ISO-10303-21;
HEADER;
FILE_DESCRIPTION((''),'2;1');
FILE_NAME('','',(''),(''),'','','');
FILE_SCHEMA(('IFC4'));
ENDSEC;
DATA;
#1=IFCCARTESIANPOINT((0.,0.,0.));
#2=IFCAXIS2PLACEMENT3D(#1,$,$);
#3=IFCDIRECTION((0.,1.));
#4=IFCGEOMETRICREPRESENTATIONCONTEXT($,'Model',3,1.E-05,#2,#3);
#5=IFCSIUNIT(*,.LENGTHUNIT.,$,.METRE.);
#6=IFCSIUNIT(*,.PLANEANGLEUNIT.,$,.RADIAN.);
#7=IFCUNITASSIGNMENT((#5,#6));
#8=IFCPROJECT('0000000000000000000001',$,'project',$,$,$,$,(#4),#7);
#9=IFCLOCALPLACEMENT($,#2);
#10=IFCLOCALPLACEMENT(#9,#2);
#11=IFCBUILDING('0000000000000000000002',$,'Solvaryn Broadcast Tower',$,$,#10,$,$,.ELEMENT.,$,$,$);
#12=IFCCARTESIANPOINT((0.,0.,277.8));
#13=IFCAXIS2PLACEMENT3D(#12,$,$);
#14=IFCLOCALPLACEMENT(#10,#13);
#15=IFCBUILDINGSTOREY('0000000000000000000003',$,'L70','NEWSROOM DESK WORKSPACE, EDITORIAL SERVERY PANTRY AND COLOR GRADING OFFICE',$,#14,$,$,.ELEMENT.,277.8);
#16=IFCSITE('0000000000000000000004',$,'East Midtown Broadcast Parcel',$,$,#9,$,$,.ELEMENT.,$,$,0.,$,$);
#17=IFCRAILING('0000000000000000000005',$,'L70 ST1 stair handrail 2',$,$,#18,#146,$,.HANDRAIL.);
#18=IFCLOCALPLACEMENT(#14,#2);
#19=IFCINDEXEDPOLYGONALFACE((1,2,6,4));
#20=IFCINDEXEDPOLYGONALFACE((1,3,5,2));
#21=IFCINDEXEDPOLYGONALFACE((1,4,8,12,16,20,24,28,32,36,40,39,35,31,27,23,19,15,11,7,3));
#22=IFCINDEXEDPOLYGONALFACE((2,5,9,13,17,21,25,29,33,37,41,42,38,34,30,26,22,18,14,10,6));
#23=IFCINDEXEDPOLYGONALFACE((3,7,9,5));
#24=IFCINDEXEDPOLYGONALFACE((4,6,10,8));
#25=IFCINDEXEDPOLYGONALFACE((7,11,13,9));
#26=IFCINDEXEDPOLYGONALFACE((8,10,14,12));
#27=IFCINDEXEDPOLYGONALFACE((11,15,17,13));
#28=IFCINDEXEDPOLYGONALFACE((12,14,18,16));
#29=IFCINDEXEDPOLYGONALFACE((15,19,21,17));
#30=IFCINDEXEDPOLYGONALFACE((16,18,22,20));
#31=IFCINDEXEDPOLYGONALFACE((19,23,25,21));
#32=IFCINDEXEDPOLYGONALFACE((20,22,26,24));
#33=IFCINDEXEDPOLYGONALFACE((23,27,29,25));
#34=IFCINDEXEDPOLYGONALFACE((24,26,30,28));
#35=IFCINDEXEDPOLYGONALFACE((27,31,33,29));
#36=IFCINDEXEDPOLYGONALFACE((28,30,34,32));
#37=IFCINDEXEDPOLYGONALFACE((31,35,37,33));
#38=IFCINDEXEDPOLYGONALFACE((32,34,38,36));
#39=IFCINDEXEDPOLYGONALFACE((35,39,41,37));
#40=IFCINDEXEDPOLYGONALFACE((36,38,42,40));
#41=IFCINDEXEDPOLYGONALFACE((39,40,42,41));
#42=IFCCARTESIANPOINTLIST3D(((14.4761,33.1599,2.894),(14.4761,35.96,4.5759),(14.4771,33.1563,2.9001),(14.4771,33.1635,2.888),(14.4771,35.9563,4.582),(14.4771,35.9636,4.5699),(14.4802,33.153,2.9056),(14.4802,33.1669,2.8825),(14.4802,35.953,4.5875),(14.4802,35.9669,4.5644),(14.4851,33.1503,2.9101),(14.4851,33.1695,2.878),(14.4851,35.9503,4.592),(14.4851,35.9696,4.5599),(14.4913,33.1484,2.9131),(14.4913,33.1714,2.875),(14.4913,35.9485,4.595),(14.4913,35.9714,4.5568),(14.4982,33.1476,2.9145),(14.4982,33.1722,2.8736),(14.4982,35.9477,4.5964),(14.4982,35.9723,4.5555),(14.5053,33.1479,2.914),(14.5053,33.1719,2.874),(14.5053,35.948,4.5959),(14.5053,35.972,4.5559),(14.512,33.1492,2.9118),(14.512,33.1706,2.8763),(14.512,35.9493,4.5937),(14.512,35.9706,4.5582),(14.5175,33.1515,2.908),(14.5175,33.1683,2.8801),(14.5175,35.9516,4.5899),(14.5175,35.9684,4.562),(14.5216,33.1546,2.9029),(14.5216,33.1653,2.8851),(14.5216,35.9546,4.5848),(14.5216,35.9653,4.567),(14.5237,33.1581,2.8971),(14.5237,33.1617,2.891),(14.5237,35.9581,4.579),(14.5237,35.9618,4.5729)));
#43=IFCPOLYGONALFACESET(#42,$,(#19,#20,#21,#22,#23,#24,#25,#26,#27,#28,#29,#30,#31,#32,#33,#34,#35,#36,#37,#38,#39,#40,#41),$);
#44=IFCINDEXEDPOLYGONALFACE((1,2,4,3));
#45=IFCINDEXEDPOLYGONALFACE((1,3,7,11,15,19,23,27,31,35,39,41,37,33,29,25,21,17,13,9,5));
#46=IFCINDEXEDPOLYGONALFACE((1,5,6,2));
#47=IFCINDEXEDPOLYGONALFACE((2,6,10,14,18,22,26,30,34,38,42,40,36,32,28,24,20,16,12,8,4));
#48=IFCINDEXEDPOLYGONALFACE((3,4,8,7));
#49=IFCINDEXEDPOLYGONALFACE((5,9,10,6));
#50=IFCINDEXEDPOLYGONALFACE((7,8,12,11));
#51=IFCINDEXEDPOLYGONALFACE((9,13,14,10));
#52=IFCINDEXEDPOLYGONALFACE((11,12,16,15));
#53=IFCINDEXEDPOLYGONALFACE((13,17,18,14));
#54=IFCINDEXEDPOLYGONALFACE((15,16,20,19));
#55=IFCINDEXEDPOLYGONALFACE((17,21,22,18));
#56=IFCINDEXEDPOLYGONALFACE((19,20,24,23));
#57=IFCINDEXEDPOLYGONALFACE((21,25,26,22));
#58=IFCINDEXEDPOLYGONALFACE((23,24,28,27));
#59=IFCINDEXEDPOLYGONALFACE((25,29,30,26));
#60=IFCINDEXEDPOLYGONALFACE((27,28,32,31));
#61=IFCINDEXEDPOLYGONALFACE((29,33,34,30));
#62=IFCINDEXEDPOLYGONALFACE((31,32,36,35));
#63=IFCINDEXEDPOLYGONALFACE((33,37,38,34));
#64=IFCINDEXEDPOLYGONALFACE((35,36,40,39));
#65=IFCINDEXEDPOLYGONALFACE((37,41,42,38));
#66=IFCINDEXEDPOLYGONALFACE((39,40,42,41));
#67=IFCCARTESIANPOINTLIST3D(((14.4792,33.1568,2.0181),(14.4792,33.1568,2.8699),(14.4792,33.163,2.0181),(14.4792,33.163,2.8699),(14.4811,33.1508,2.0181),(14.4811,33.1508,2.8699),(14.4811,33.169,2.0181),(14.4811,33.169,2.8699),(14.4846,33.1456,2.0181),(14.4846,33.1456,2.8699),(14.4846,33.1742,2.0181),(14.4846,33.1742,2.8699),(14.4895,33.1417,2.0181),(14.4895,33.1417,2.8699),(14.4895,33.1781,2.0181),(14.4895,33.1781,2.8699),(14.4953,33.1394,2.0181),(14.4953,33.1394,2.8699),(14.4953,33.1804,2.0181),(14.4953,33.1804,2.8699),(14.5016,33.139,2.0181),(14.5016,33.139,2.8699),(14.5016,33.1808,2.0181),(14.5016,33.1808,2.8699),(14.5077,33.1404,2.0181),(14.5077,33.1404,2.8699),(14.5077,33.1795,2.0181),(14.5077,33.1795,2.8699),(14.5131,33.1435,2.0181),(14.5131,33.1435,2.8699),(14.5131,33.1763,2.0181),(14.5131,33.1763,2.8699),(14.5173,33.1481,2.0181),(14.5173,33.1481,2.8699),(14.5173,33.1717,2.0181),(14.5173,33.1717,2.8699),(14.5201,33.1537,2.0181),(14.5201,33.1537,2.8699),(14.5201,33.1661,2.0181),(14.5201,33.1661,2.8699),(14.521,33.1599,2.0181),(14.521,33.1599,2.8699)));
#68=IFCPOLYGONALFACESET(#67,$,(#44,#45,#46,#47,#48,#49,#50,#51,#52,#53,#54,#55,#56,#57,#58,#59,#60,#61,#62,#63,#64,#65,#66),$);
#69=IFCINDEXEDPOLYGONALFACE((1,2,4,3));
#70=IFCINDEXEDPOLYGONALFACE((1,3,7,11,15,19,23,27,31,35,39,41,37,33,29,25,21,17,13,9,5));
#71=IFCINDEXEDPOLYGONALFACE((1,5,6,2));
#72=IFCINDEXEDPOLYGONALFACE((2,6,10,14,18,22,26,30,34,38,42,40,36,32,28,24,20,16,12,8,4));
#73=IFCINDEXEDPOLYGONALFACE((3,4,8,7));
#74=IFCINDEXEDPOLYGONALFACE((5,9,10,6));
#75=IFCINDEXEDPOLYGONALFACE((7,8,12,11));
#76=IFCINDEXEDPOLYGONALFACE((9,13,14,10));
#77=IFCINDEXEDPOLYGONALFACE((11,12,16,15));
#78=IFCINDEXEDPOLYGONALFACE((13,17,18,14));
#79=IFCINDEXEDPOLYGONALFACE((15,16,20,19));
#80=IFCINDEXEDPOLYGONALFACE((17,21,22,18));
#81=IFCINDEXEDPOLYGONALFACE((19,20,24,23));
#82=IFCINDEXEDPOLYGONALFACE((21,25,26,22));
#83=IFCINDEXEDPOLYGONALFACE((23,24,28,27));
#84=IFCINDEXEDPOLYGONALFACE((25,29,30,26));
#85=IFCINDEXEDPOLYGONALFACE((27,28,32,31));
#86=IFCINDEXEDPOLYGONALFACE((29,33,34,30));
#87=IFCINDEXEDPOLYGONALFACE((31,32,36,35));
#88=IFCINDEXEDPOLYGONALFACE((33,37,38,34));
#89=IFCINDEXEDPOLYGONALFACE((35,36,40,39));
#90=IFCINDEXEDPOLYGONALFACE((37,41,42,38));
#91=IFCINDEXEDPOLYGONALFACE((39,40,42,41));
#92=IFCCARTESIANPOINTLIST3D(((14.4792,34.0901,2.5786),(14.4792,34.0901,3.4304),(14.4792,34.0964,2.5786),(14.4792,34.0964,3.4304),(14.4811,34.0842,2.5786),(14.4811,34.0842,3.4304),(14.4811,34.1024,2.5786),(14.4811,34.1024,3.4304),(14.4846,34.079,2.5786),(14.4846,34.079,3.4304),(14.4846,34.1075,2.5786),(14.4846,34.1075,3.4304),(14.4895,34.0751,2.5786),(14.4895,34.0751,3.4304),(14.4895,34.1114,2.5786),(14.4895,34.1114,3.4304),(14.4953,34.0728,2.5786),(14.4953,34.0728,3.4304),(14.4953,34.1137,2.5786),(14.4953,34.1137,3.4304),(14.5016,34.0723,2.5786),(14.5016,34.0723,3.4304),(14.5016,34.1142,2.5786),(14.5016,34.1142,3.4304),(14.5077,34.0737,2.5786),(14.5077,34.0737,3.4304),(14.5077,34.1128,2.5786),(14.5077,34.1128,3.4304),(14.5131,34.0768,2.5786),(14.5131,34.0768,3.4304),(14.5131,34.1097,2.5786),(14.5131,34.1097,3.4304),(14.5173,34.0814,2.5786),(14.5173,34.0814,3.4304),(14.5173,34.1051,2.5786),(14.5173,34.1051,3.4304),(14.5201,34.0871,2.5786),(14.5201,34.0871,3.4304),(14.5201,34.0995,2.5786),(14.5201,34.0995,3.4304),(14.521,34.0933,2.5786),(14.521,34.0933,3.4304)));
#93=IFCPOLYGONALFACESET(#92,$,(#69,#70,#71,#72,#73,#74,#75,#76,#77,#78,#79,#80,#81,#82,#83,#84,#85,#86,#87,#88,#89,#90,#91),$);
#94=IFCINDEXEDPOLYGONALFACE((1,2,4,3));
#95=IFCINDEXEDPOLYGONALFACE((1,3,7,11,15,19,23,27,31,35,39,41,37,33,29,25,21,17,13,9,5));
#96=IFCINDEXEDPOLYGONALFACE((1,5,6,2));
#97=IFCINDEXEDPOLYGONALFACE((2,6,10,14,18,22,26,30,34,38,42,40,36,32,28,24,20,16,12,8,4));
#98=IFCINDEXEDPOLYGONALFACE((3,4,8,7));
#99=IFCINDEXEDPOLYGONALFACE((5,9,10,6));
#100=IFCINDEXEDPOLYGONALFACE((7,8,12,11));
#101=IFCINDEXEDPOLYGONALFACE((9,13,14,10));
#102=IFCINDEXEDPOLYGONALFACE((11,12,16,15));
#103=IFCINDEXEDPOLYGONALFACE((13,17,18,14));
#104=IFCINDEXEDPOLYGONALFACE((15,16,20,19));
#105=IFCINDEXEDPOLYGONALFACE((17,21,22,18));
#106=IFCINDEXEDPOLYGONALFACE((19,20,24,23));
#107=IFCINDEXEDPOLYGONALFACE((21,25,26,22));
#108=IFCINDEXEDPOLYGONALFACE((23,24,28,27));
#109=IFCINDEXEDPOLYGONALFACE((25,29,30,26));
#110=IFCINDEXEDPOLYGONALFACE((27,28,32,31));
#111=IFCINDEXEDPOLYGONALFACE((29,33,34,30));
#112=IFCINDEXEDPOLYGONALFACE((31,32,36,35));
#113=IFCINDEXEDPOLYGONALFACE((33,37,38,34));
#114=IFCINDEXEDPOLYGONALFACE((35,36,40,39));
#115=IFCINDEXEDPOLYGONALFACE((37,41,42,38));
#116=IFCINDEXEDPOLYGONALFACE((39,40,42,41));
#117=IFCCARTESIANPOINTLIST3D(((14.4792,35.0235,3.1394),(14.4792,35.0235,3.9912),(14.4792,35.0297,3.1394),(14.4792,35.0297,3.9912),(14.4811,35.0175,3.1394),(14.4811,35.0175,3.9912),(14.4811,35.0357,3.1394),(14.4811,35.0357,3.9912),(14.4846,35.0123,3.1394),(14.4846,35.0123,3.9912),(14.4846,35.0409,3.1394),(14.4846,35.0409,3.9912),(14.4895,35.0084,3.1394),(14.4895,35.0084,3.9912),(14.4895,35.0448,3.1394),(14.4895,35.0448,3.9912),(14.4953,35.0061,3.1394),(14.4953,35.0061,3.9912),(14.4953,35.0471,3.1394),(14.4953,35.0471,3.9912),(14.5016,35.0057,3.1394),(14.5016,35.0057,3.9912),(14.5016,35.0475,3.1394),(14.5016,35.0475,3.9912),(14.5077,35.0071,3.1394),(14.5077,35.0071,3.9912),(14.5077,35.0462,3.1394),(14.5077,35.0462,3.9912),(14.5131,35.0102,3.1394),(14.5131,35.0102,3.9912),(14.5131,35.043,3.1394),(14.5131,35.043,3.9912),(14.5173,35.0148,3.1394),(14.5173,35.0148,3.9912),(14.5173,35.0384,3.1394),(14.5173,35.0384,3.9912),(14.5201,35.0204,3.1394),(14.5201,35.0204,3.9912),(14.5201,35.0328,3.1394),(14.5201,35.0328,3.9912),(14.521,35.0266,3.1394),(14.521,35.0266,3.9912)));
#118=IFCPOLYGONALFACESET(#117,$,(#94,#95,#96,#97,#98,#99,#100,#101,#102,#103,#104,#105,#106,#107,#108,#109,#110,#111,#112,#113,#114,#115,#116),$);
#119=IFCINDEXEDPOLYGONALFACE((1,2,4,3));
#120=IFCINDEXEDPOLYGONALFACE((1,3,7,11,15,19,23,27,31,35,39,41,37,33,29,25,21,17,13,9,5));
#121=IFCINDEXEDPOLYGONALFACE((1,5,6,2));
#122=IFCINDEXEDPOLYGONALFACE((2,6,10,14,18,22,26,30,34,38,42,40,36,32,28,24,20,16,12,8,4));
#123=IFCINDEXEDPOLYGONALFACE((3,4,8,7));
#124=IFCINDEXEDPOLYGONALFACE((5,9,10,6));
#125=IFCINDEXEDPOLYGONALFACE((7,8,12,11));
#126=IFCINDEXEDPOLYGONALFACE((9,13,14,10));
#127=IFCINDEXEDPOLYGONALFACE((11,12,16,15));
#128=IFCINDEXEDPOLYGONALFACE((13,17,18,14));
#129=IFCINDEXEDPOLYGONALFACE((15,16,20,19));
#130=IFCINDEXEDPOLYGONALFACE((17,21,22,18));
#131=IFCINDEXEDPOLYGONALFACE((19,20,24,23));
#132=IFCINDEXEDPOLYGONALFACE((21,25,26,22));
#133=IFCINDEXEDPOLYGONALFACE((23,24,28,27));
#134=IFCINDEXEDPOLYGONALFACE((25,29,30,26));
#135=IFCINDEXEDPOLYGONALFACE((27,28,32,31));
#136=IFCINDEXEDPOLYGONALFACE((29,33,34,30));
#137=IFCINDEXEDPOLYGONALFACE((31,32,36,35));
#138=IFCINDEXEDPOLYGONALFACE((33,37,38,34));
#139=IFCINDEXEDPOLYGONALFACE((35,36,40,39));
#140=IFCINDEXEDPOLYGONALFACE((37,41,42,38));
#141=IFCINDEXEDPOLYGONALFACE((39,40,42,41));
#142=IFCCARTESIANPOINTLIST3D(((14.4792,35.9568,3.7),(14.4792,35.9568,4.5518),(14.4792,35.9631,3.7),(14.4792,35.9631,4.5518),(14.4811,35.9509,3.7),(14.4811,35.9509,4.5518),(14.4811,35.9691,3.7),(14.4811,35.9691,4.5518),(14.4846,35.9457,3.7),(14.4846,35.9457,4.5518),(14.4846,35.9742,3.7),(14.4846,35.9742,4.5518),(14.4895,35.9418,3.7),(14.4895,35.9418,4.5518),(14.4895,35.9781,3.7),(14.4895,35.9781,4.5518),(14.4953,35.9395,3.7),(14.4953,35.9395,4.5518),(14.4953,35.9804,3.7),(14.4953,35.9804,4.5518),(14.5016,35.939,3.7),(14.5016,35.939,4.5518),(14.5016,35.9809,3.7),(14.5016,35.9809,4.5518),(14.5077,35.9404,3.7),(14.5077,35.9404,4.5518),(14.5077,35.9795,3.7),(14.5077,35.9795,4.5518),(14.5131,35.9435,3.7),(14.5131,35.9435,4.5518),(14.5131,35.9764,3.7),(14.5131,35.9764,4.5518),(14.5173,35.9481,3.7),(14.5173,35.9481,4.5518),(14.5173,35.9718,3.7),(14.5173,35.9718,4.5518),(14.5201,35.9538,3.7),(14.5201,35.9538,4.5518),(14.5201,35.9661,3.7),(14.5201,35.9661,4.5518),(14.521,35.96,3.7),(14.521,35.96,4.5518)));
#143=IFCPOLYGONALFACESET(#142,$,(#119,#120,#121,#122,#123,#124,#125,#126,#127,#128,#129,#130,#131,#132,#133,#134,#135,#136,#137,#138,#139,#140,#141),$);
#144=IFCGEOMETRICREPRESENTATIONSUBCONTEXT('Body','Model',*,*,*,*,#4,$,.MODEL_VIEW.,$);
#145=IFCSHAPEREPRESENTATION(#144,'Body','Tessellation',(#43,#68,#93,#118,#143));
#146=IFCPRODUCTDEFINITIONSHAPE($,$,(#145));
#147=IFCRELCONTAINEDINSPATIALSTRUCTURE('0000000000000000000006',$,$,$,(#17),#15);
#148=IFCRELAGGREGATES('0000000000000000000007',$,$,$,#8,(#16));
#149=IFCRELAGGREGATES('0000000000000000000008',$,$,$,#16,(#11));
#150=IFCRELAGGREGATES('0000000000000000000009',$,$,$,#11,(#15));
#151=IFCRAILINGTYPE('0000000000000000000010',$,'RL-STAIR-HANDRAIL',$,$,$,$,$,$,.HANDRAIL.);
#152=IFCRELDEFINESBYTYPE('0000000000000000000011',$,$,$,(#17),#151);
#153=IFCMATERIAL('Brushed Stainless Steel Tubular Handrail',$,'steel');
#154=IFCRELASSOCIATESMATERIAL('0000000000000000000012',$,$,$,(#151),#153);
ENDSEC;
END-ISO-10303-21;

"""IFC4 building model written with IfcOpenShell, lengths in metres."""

from ifc_helpers import new_model, si_unit, direction, frame, origin, origin_2d, place, context, subcontext, project, spatial, circle, extrude, material, type_object, element, save


model = new_model("IFC4")

# Units and contexts
model_context = context("Model", 3, precision=1e-05, world=origin(), true_north=direction((0.0, 1.0)))
body_context = subcontext(model_context, "Body", "Model", "MODEL_VIEW")
ifc_project = project(units=[si_unit("LENGTHUNIT", "METRE"), si_unit("PLANEANGLEUNIT", "RADIAN")], contexts=[model_context])

# Site, building, storey
site_placement = place(None, origin())
site = spatial("IfcSite", under=ifc_project, at=site_placement, Name="East Midtown Broadcast Parcel", CompositionType="ELEMENT", RefElevation=0.0)
building_placement = place(site_placement, origin())
building = spatial("IfcBuilding", under=site, at=building_placement, Name="Solvaryn Broadcast Tower", CompositionType="ELEMENT")
storey_placement = place(building_placement, frame((0.0, 0.0, 277.8)))
storey = spatial("IfcBuildingStorey", under=building, at=storey_placement, Name="L70", Description="NEWSROOM DESK WORKSPACE, EDITORIAL SERVERY PANTRY AND COLOR GRADING OFFICE", CompositionType="ELEMENT", Elevation=277.8)

# Railing
ifc_material_1 = material(Name="Brushed Stainless Steel Tubular Handrail", Category="steel")
railing_type_1 = type_object("IfcRailingType", Name="RL-STAIR-HANDRAIL", PredefinedType="HANDRAIL", material=ifc_material_1)
railing_1_placement = place(storey_placement, frame((14.5, 33.1599, 2.0181)))
element("IfcRailing", 1, at=railing_1_placement, inside=storey, type_object=railing_type_1, Name="L70 ST1 stair handrail 2", PredefinedType="HANDRAIL", context=body_context, shape_type="SweptSolid", body=[
    extrude(circle(Radius=0.0239, at=origin_2d()), frame((0.0, 0.0, 0.876), z_axis=(0.0, 0.857242, 0.514913), x_axis=(-1.0, 0.0, 0.0)), (0.0, 0.0, 1.0), 3.2664),
    extrude(circle(Radius=0.021, at=origin_2d()), origin(), (0.0, 0.0, 1.0), 0.8518),
    extrude(circle(Radius=0.021, at=origin_2d()), frame((0.0, 0.9333, 0.5605)), (0.0, 0.0, 1.0), 0.8518),
    extrude(circle(Radius=0.021, at=origin_2d()), frame((0.0, 1.8667, 1.1213)), (0.0, 0.0, 1.0), 0.8518),
    extrude(circle(Radius=0.021, at=origin_2d()), frame((0.0, 2.8, 1.6819)), (0.0, 0.0, 1.0), 0.8518),
])

save(model, "model.ifc")
